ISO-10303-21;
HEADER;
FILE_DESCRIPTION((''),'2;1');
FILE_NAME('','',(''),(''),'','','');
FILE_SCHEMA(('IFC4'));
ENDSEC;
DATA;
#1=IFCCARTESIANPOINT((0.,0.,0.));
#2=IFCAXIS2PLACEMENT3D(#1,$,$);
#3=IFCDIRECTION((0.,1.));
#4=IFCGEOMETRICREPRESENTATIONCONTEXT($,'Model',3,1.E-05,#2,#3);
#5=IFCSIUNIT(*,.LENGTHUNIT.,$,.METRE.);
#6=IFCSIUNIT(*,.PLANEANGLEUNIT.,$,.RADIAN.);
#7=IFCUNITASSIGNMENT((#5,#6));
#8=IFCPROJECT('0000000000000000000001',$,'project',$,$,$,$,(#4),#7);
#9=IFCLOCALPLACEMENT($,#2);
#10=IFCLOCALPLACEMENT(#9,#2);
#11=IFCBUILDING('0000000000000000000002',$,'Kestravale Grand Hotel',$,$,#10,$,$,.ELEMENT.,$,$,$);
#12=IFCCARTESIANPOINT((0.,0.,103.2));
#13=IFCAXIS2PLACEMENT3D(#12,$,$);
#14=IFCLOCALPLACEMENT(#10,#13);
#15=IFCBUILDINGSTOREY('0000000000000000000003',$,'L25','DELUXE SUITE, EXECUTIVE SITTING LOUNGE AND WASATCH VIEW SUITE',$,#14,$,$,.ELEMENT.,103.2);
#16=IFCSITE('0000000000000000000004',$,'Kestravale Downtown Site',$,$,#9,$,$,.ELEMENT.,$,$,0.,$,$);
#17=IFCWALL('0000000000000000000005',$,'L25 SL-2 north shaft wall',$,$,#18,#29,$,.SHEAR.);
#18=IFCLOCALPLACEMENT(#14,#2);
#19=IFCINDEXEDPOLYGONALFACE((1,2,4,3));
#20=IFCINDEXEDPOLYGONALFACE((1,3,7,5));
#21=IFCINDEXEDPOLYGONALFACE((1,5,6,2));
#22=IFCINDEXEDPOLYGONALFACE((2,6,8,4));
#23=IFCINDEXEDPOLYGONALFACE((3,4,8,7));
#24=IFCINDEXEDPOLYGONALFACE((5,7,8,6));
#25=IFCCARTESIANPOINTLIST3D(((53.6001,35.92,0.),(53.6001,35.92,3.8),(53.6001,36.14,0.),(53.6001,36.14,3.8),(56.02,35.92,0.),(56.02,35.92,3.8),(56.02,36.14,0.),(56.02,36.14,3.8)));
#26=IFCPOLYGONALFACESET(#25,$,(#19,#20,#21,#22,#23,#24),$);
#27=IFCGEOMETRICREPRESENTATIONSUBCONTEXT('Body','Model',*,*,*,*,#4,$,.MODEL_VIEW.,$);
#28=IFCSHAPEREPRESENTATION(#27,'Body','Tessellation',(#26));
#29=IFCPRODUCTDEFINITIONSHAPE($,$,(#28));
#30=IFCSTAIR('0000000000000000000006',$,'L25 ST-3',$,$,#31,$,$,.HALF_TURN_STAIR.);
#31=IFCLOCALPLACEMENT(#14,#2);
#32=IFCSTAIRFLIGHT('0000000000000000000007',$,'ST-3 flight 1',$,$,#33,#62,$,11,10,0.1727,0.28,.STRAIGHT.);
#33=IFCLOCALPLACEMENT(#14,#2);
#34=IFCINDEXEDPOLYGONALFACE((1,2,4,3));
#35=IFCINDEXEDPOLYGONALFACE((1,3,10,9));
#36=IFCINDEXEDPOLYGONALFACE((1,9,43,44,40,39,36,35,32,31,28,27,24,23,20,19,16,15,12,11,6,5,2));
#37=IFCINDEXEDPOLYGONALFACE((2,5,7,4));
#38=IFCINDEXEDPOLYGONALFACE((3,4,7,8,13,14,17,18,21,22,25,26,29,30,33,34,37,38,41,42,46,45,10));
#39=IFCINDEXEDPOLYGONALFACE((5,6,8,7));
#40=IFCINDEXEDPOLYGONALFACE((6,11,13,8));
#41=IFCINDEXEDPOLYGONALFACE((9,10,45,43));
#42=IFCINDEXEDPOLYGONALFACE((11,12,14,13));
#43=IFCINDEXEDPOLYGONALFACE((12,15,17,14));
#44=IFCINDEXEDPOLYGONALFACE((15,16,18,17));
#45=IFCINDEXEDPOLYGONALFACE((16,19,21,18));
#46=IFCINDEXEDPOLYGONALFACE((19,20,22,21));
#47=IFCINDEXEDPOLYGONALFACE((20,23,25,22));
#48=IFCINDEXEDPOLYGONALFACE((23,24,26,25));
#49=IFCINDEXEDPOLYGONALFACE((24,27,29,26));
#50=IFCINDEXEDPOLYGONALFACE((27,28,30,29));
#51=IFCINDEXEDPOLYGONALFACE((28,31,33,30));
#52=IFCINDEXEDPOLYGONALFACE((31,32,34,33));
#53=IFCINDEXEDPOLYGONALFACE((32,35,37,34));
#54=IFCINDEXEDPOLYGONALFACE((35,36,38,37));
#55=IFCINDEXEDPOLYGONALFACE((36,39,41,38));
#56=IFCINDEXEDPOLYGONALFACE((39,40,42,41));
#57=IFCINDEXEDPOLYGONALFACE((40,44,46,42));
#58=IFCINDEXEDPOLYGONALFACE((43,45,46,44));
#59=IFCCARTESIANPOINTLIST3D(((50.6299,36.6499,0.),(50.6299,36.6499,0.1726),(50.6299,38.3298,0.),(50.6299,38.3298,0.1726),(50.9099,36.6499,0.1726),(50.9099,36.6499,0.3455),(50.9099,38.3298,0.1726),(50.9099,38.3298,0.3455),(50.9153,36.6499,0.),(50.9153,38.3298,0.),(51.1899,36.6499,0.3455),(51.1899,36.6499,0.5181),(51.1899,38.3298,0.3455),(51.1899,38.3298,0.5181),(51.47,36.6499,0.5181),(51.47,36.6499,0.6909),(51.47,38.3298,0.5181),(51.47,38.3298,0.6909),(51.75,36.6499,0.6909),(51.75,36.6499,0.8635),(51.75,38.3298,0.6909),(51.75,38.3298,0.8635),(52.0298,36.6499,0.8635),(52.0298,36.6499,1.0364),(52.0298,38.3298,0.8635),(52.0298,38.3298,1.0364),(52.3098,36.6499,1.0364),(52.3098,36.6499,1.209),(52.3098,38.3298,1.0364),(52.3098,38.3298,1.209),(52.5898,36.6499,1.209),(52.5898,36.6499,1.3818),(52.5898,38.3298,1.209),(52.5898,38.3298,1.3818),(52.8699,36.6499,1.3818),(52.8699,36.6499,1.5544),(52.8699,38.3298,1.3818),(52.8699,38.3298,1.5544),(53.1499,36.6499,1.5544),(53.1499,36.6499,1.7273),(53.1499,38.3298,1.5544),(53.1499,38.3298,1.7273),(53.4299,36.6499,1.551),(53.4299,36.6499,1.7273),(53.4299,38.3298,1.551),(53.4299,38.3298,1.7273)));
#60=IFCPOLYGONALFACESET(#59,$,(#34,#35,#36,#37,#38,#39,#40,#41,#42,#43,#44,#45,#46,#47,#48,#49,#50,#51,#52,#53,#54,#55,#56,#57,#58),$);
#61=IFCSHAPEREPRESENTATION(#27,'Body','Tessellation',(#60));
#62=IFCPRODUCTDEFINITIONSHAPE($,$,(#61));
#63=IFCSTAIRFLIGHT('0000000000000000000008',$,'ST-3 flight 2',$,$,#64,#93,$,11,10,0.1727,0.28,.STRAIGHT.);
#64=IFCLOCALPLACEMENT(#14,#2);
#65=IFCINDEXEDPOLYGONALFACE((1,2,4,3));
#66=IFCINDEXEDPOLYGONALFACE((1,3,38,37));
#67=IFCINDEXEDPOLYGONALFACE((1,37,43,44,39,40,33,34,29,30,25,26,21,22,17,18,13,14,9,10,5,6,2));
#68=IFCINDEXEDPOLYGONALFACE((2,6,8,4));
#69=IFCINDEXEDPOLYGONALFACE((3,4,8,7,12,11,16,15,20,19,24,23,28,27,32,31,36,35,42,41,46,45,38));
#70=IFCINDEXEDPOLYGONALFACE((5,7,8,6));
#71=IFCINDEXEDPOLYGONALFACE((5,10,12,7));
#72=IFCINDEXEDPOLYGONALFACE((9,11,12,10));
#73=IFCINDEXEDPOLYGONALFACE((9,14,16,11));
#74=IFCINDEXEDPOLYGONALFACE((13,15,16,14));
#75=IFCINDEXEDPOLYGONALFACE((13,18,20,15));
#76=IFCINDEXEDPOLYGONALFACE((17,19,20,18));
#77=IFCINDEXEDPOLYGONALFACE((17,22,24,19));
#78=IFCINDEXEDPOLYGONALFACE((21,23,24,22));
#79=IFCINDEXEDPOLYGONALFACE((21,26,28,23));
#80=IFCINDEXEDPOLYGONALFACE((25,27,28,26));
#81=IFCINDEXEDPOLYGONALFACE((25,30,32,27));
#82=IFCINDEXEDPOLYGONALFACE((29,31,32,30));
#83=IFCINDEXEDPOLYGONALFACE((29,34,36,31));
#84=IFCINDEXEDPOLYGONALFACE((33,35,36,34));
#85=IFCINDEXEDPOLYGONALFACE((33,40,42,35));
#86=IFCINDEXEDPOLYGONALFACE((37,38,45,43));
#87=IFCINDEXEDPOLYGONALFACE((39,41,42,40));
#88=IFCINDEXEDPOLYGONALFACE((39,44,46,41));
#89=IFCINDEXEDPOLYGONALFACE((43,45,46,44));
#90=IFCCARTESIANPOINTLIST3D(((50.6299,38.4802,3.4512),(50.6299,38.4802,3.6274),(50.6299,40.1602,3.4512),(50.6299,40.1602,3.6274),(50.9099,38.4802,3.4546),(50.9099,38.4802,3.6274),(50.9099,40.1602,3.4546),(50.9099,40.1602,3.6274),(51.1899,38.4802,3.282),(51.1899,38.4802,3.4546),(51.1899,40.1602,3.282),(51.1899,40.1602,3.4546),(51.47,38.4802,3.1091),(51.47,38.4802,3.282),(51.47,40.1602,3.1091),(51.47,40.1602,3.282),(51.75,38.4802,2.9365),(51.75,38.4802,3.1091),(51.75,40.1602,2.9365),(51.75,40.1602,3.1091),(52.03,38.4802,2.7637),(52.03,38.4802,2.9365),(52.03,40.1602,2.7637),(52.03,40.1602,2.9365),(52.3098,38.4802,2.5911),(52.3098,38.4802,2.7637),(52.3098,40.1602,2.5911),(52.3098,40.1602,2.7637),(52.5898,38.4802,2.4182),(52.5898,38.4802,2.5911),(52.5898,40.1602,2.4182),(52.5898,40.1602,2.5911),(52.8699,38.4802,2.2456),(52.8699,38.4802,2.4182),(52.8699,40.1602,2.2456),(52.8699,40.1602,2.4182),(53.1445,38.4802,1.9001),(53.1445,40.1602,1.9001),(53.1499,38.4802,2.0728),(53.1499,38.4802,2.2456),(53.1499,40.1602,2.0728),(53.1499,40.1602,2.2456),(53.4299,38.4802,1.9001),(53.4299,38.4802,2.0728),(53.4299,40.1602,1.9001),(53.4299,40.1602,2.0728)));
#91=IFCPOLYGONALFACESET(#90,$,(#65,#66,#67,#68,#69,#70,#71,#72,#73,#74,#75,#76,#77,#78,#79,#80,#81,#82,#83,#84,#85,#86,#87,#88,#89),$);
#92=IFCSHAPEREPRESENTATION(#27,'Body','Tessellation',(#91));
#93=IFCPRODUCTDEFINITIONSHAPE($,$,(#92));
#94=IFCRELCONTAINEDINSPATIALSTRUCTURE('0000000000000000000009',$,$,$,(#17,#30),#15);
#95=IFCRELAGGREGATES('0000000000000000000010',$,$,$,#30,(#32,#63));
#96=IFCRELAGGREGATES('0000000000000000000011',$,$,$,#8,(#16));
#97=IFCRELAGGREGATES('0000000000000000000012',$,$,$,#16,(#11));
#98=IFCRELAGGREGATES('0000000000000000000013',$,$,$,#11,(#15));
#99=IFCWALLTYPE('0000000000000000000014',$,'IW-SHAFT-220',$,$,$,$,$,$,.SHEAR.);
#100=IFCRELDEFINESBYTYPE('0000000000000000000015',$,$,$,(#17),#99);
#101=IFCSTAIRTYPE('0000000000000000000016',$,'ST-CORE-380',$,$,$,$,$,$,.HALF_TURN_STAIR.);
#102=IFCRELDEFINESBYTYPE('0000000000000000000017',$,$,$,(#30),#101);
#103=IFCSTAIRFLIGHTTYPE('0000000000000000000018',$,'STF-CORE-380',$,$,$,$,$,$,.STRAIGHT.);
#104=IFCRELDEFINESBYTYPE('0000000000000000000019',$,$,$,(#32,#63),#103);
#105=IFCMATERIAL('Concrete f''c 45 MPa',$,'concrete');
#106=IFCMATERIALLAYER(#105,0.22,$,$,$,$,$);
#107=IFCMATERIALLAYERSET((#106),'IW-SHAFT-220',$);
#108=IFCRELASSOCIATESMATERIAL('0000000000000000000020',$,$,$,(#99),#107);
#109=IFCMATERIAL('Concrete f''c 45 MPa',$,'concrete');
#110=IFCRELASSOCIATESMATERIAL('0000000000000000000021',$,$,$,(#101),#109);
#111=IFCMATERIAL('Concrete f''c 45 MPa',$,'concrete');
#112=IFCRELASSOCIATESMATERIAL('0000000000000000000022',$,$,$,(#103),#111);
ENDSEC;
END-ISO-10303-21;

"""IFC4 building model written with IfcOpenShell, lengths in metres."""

from ifc_helpers import new_model, si_unit, direction, frame, frame_2d, origin, place, context, subcontext, project, spatial, polyline, rectangle, outline, extrude, material, layer, layer_set, type_object, element, aggregate, save


model = new_model("IFC4")

# Units and contexts
model_context = context("Model", 3, precision=1e-05, world=origin(), true_north=direction((0.0, 1.0)))
body_context = subcontext(model_context, "Body", "Model", "MODEL_VIEW")
ifc_project = project(units=[si_unit("LENGTHUNIT", "METRE"), si_unit("PLANEANGLEUNIT", "RADIAN")], contexts=[model_context])

# Site, building, storey
site_placement = place(None, origin())
site = spatial("IfcSite", under=ifc_project, at=site_placement, Name="Kestravale Downtown Site", CompositionType="ELEMENT", RefElevation=0.0)
building_placement = place(site_placement, origin())
building = spatial("IfcBuilding", under=site, at=building_placement, Name="Kestravale Grand Hotel", CompositionType="ELEMENT")
storey_placement = place(building_placement, frame((0.0, 0.0, 103.2)))
storey = spatial("IfcBuildingStorey", under=building, at=storey_placement, Name="L25", Description="DELUXE SUITE, EXECUTIVE SITTING LOUNGE AND WASATCH VIEW SUITE", CompositionType="ELEMENT", Elevation=103.2)

# Shared definitions
ifc_material_1 = material(Name="Concrete f'c 45 MPa", Category="concrete")
ifc_layer_1 = layer(ifc_material_1, 0.22)
ifc_layer_set_1 = layer_set([ifc_layer_1], Name="IW-SHAFT-220")
wall_type_1 = type_object("IfcWallType", Name="IW-SHAFT-220", PredefinedType="SHEAR", material=ifc_layer_set_1)

# Wall
wall_1_placement = place(storey_placement, frame((53.6001, 36.03, 0.0), z_axis=(0.0, 0.0, 1.0), x_axis=(1.0, 0.0, 0.0)))
element("IfcWall", 1, at=wall_1_placement, inside=storey, type_object=wall_type_1, Name="L25 SL-2 north shaft wall", PredefinedType="SHEAR", context=body_context, shape_type="SweptSolid", body=[
    extrude(rectangle(XDim=2.4199, YDim=0.22, at=frame_2d((1.21, 0.0))), origin(), (0.0, 0.0, 1.0), 3.8),
])

# Stair, stair flights
ifc_material_2 = material(Name="Concrete f'c 45 MPa", Category="concrete")
stair_type = type_object("IfcStairType", Name="ST-CORE-380", PredefinedType="HALF_TURN_STAIR", material=ifc_material_2)
stair_placement = place(storey_placement, origin())
stair = element("IfcStair", 2, at=stair_placement, inside=storey, type_object=stair_type, Name="L25 ST-3", PredefinedType="HALF_TURN_STAIR")
ifc_material_3 = material(Name="Concrete f'c 45 MPa", Category="concrete")
stair_flight_type = type_object("IfcStairFlightType", Name="STF-CORE-380", PredefinedType="STRAIGHT", material=ifc_material_3)
stair_flight_1_placement = place(storey_placement, frame((50.6299, 37.49, 0.0), z_axis=(0.0, 0.0, 1.0), x_axis=(1.0, 0.0, 0.0)))
stair_flight_1 = element("IfcStairFlight", 3, at=stair_flight_1_placement, type_object=stair_flight_type, Name="ST-3 flight 1", NumberOfRisers=11, NumberOfTreads=10, PredefinedType="STRAIGHT", RiserHeight=0.1727, TreadLength=0.28, context=body_context, shape_type="SweptSolid", body=[
    extrude(outline(polyline([(0.0, 0.0), (0.0, 0.1726), (0.28, 0.1726), (0.28, 0.3455), (0.5601, 0.3455), (0.5601, 0.5181), (0.8401, 0.5181), (0.8401, 0.6909), (1.1201, 0.6909), (1.1201, 0.8635), (1.3999, 0.8635), (1.3999, 1.0364), (1.6799, 1.0364), (1.6799, 1.209), (1.96, 1.209), (1.96, 1.3818), (2.24, 1.3818), (2.24, 1.5544), (2.52, 1.5544), (2.52, 1.7273), (2.8, 1.7273), (2.8, 1.8999), (2.8, 1.551), (0.2854, 0.0), (0.0, 0.0)])), frame((0.0, 0.8398, 0.0), z_axis=(0.0, -1.0, 0.0), x_axis=(1.0, 0.0, 0.0)), (0.0, 0.0, 1.0), 1.6799),
])
stair_flight_2_placement = place(storey_placement, frame((53.4299, 39.3201, 1.9001), z_axis=(0.0, 0.0, 1.0), x_axis=(-1.0, 0.0, 0.0)))
stair_flight_2 = element("IfcStairFlight", 4, at=stair_flight_2_placement, type_object=stair_flight_type, Name="ST-3 flight 2", NumberOfRisers=11, NumberOfTreads=10, PredefinedType="STRAIGHT", RiserHeight=0.1727, TreadLength=0.28, context=body_context, shape_type="SweptSolid", body=[
    extrude(outline(polyline([(0.0, 0.0), (0.0, 0.1726), (0.28, 0.1726), (0.28, 0.3455), (0.5601, 0.3455), (0.5601, 0.5181), (0.8401, 0.5181), (0.8401, 0.6909), (1.1201, 0.6909), (1.1201, 0.8635), (1.3999, 0.8635), (1.3999, 1.0364), (1.6799, 1.0364), (1.6799, 1.209), (1.96, 1.209), (1.96, 1.3818), (2.24, 1.3818), (2.24, 1.5544), (2.52, 1.5544), (2.52, 1.7273), (2.8, 1.7273), (2.8, 1.8999), (2.8, 1.551), (0.2854, 0.0), (0.0, 0.0)])), frame((0.0, 0.8398, 0.0), z_axis=(0.0, -1.0, 0.0), x_axis=(1.0, 0.0, 0.0)), (0.0, 0.0, 1.0), 1.6799),
])
aggregate(stair, [stair_flight_1, stair_flight_2])

save(model, "model.ifc")
